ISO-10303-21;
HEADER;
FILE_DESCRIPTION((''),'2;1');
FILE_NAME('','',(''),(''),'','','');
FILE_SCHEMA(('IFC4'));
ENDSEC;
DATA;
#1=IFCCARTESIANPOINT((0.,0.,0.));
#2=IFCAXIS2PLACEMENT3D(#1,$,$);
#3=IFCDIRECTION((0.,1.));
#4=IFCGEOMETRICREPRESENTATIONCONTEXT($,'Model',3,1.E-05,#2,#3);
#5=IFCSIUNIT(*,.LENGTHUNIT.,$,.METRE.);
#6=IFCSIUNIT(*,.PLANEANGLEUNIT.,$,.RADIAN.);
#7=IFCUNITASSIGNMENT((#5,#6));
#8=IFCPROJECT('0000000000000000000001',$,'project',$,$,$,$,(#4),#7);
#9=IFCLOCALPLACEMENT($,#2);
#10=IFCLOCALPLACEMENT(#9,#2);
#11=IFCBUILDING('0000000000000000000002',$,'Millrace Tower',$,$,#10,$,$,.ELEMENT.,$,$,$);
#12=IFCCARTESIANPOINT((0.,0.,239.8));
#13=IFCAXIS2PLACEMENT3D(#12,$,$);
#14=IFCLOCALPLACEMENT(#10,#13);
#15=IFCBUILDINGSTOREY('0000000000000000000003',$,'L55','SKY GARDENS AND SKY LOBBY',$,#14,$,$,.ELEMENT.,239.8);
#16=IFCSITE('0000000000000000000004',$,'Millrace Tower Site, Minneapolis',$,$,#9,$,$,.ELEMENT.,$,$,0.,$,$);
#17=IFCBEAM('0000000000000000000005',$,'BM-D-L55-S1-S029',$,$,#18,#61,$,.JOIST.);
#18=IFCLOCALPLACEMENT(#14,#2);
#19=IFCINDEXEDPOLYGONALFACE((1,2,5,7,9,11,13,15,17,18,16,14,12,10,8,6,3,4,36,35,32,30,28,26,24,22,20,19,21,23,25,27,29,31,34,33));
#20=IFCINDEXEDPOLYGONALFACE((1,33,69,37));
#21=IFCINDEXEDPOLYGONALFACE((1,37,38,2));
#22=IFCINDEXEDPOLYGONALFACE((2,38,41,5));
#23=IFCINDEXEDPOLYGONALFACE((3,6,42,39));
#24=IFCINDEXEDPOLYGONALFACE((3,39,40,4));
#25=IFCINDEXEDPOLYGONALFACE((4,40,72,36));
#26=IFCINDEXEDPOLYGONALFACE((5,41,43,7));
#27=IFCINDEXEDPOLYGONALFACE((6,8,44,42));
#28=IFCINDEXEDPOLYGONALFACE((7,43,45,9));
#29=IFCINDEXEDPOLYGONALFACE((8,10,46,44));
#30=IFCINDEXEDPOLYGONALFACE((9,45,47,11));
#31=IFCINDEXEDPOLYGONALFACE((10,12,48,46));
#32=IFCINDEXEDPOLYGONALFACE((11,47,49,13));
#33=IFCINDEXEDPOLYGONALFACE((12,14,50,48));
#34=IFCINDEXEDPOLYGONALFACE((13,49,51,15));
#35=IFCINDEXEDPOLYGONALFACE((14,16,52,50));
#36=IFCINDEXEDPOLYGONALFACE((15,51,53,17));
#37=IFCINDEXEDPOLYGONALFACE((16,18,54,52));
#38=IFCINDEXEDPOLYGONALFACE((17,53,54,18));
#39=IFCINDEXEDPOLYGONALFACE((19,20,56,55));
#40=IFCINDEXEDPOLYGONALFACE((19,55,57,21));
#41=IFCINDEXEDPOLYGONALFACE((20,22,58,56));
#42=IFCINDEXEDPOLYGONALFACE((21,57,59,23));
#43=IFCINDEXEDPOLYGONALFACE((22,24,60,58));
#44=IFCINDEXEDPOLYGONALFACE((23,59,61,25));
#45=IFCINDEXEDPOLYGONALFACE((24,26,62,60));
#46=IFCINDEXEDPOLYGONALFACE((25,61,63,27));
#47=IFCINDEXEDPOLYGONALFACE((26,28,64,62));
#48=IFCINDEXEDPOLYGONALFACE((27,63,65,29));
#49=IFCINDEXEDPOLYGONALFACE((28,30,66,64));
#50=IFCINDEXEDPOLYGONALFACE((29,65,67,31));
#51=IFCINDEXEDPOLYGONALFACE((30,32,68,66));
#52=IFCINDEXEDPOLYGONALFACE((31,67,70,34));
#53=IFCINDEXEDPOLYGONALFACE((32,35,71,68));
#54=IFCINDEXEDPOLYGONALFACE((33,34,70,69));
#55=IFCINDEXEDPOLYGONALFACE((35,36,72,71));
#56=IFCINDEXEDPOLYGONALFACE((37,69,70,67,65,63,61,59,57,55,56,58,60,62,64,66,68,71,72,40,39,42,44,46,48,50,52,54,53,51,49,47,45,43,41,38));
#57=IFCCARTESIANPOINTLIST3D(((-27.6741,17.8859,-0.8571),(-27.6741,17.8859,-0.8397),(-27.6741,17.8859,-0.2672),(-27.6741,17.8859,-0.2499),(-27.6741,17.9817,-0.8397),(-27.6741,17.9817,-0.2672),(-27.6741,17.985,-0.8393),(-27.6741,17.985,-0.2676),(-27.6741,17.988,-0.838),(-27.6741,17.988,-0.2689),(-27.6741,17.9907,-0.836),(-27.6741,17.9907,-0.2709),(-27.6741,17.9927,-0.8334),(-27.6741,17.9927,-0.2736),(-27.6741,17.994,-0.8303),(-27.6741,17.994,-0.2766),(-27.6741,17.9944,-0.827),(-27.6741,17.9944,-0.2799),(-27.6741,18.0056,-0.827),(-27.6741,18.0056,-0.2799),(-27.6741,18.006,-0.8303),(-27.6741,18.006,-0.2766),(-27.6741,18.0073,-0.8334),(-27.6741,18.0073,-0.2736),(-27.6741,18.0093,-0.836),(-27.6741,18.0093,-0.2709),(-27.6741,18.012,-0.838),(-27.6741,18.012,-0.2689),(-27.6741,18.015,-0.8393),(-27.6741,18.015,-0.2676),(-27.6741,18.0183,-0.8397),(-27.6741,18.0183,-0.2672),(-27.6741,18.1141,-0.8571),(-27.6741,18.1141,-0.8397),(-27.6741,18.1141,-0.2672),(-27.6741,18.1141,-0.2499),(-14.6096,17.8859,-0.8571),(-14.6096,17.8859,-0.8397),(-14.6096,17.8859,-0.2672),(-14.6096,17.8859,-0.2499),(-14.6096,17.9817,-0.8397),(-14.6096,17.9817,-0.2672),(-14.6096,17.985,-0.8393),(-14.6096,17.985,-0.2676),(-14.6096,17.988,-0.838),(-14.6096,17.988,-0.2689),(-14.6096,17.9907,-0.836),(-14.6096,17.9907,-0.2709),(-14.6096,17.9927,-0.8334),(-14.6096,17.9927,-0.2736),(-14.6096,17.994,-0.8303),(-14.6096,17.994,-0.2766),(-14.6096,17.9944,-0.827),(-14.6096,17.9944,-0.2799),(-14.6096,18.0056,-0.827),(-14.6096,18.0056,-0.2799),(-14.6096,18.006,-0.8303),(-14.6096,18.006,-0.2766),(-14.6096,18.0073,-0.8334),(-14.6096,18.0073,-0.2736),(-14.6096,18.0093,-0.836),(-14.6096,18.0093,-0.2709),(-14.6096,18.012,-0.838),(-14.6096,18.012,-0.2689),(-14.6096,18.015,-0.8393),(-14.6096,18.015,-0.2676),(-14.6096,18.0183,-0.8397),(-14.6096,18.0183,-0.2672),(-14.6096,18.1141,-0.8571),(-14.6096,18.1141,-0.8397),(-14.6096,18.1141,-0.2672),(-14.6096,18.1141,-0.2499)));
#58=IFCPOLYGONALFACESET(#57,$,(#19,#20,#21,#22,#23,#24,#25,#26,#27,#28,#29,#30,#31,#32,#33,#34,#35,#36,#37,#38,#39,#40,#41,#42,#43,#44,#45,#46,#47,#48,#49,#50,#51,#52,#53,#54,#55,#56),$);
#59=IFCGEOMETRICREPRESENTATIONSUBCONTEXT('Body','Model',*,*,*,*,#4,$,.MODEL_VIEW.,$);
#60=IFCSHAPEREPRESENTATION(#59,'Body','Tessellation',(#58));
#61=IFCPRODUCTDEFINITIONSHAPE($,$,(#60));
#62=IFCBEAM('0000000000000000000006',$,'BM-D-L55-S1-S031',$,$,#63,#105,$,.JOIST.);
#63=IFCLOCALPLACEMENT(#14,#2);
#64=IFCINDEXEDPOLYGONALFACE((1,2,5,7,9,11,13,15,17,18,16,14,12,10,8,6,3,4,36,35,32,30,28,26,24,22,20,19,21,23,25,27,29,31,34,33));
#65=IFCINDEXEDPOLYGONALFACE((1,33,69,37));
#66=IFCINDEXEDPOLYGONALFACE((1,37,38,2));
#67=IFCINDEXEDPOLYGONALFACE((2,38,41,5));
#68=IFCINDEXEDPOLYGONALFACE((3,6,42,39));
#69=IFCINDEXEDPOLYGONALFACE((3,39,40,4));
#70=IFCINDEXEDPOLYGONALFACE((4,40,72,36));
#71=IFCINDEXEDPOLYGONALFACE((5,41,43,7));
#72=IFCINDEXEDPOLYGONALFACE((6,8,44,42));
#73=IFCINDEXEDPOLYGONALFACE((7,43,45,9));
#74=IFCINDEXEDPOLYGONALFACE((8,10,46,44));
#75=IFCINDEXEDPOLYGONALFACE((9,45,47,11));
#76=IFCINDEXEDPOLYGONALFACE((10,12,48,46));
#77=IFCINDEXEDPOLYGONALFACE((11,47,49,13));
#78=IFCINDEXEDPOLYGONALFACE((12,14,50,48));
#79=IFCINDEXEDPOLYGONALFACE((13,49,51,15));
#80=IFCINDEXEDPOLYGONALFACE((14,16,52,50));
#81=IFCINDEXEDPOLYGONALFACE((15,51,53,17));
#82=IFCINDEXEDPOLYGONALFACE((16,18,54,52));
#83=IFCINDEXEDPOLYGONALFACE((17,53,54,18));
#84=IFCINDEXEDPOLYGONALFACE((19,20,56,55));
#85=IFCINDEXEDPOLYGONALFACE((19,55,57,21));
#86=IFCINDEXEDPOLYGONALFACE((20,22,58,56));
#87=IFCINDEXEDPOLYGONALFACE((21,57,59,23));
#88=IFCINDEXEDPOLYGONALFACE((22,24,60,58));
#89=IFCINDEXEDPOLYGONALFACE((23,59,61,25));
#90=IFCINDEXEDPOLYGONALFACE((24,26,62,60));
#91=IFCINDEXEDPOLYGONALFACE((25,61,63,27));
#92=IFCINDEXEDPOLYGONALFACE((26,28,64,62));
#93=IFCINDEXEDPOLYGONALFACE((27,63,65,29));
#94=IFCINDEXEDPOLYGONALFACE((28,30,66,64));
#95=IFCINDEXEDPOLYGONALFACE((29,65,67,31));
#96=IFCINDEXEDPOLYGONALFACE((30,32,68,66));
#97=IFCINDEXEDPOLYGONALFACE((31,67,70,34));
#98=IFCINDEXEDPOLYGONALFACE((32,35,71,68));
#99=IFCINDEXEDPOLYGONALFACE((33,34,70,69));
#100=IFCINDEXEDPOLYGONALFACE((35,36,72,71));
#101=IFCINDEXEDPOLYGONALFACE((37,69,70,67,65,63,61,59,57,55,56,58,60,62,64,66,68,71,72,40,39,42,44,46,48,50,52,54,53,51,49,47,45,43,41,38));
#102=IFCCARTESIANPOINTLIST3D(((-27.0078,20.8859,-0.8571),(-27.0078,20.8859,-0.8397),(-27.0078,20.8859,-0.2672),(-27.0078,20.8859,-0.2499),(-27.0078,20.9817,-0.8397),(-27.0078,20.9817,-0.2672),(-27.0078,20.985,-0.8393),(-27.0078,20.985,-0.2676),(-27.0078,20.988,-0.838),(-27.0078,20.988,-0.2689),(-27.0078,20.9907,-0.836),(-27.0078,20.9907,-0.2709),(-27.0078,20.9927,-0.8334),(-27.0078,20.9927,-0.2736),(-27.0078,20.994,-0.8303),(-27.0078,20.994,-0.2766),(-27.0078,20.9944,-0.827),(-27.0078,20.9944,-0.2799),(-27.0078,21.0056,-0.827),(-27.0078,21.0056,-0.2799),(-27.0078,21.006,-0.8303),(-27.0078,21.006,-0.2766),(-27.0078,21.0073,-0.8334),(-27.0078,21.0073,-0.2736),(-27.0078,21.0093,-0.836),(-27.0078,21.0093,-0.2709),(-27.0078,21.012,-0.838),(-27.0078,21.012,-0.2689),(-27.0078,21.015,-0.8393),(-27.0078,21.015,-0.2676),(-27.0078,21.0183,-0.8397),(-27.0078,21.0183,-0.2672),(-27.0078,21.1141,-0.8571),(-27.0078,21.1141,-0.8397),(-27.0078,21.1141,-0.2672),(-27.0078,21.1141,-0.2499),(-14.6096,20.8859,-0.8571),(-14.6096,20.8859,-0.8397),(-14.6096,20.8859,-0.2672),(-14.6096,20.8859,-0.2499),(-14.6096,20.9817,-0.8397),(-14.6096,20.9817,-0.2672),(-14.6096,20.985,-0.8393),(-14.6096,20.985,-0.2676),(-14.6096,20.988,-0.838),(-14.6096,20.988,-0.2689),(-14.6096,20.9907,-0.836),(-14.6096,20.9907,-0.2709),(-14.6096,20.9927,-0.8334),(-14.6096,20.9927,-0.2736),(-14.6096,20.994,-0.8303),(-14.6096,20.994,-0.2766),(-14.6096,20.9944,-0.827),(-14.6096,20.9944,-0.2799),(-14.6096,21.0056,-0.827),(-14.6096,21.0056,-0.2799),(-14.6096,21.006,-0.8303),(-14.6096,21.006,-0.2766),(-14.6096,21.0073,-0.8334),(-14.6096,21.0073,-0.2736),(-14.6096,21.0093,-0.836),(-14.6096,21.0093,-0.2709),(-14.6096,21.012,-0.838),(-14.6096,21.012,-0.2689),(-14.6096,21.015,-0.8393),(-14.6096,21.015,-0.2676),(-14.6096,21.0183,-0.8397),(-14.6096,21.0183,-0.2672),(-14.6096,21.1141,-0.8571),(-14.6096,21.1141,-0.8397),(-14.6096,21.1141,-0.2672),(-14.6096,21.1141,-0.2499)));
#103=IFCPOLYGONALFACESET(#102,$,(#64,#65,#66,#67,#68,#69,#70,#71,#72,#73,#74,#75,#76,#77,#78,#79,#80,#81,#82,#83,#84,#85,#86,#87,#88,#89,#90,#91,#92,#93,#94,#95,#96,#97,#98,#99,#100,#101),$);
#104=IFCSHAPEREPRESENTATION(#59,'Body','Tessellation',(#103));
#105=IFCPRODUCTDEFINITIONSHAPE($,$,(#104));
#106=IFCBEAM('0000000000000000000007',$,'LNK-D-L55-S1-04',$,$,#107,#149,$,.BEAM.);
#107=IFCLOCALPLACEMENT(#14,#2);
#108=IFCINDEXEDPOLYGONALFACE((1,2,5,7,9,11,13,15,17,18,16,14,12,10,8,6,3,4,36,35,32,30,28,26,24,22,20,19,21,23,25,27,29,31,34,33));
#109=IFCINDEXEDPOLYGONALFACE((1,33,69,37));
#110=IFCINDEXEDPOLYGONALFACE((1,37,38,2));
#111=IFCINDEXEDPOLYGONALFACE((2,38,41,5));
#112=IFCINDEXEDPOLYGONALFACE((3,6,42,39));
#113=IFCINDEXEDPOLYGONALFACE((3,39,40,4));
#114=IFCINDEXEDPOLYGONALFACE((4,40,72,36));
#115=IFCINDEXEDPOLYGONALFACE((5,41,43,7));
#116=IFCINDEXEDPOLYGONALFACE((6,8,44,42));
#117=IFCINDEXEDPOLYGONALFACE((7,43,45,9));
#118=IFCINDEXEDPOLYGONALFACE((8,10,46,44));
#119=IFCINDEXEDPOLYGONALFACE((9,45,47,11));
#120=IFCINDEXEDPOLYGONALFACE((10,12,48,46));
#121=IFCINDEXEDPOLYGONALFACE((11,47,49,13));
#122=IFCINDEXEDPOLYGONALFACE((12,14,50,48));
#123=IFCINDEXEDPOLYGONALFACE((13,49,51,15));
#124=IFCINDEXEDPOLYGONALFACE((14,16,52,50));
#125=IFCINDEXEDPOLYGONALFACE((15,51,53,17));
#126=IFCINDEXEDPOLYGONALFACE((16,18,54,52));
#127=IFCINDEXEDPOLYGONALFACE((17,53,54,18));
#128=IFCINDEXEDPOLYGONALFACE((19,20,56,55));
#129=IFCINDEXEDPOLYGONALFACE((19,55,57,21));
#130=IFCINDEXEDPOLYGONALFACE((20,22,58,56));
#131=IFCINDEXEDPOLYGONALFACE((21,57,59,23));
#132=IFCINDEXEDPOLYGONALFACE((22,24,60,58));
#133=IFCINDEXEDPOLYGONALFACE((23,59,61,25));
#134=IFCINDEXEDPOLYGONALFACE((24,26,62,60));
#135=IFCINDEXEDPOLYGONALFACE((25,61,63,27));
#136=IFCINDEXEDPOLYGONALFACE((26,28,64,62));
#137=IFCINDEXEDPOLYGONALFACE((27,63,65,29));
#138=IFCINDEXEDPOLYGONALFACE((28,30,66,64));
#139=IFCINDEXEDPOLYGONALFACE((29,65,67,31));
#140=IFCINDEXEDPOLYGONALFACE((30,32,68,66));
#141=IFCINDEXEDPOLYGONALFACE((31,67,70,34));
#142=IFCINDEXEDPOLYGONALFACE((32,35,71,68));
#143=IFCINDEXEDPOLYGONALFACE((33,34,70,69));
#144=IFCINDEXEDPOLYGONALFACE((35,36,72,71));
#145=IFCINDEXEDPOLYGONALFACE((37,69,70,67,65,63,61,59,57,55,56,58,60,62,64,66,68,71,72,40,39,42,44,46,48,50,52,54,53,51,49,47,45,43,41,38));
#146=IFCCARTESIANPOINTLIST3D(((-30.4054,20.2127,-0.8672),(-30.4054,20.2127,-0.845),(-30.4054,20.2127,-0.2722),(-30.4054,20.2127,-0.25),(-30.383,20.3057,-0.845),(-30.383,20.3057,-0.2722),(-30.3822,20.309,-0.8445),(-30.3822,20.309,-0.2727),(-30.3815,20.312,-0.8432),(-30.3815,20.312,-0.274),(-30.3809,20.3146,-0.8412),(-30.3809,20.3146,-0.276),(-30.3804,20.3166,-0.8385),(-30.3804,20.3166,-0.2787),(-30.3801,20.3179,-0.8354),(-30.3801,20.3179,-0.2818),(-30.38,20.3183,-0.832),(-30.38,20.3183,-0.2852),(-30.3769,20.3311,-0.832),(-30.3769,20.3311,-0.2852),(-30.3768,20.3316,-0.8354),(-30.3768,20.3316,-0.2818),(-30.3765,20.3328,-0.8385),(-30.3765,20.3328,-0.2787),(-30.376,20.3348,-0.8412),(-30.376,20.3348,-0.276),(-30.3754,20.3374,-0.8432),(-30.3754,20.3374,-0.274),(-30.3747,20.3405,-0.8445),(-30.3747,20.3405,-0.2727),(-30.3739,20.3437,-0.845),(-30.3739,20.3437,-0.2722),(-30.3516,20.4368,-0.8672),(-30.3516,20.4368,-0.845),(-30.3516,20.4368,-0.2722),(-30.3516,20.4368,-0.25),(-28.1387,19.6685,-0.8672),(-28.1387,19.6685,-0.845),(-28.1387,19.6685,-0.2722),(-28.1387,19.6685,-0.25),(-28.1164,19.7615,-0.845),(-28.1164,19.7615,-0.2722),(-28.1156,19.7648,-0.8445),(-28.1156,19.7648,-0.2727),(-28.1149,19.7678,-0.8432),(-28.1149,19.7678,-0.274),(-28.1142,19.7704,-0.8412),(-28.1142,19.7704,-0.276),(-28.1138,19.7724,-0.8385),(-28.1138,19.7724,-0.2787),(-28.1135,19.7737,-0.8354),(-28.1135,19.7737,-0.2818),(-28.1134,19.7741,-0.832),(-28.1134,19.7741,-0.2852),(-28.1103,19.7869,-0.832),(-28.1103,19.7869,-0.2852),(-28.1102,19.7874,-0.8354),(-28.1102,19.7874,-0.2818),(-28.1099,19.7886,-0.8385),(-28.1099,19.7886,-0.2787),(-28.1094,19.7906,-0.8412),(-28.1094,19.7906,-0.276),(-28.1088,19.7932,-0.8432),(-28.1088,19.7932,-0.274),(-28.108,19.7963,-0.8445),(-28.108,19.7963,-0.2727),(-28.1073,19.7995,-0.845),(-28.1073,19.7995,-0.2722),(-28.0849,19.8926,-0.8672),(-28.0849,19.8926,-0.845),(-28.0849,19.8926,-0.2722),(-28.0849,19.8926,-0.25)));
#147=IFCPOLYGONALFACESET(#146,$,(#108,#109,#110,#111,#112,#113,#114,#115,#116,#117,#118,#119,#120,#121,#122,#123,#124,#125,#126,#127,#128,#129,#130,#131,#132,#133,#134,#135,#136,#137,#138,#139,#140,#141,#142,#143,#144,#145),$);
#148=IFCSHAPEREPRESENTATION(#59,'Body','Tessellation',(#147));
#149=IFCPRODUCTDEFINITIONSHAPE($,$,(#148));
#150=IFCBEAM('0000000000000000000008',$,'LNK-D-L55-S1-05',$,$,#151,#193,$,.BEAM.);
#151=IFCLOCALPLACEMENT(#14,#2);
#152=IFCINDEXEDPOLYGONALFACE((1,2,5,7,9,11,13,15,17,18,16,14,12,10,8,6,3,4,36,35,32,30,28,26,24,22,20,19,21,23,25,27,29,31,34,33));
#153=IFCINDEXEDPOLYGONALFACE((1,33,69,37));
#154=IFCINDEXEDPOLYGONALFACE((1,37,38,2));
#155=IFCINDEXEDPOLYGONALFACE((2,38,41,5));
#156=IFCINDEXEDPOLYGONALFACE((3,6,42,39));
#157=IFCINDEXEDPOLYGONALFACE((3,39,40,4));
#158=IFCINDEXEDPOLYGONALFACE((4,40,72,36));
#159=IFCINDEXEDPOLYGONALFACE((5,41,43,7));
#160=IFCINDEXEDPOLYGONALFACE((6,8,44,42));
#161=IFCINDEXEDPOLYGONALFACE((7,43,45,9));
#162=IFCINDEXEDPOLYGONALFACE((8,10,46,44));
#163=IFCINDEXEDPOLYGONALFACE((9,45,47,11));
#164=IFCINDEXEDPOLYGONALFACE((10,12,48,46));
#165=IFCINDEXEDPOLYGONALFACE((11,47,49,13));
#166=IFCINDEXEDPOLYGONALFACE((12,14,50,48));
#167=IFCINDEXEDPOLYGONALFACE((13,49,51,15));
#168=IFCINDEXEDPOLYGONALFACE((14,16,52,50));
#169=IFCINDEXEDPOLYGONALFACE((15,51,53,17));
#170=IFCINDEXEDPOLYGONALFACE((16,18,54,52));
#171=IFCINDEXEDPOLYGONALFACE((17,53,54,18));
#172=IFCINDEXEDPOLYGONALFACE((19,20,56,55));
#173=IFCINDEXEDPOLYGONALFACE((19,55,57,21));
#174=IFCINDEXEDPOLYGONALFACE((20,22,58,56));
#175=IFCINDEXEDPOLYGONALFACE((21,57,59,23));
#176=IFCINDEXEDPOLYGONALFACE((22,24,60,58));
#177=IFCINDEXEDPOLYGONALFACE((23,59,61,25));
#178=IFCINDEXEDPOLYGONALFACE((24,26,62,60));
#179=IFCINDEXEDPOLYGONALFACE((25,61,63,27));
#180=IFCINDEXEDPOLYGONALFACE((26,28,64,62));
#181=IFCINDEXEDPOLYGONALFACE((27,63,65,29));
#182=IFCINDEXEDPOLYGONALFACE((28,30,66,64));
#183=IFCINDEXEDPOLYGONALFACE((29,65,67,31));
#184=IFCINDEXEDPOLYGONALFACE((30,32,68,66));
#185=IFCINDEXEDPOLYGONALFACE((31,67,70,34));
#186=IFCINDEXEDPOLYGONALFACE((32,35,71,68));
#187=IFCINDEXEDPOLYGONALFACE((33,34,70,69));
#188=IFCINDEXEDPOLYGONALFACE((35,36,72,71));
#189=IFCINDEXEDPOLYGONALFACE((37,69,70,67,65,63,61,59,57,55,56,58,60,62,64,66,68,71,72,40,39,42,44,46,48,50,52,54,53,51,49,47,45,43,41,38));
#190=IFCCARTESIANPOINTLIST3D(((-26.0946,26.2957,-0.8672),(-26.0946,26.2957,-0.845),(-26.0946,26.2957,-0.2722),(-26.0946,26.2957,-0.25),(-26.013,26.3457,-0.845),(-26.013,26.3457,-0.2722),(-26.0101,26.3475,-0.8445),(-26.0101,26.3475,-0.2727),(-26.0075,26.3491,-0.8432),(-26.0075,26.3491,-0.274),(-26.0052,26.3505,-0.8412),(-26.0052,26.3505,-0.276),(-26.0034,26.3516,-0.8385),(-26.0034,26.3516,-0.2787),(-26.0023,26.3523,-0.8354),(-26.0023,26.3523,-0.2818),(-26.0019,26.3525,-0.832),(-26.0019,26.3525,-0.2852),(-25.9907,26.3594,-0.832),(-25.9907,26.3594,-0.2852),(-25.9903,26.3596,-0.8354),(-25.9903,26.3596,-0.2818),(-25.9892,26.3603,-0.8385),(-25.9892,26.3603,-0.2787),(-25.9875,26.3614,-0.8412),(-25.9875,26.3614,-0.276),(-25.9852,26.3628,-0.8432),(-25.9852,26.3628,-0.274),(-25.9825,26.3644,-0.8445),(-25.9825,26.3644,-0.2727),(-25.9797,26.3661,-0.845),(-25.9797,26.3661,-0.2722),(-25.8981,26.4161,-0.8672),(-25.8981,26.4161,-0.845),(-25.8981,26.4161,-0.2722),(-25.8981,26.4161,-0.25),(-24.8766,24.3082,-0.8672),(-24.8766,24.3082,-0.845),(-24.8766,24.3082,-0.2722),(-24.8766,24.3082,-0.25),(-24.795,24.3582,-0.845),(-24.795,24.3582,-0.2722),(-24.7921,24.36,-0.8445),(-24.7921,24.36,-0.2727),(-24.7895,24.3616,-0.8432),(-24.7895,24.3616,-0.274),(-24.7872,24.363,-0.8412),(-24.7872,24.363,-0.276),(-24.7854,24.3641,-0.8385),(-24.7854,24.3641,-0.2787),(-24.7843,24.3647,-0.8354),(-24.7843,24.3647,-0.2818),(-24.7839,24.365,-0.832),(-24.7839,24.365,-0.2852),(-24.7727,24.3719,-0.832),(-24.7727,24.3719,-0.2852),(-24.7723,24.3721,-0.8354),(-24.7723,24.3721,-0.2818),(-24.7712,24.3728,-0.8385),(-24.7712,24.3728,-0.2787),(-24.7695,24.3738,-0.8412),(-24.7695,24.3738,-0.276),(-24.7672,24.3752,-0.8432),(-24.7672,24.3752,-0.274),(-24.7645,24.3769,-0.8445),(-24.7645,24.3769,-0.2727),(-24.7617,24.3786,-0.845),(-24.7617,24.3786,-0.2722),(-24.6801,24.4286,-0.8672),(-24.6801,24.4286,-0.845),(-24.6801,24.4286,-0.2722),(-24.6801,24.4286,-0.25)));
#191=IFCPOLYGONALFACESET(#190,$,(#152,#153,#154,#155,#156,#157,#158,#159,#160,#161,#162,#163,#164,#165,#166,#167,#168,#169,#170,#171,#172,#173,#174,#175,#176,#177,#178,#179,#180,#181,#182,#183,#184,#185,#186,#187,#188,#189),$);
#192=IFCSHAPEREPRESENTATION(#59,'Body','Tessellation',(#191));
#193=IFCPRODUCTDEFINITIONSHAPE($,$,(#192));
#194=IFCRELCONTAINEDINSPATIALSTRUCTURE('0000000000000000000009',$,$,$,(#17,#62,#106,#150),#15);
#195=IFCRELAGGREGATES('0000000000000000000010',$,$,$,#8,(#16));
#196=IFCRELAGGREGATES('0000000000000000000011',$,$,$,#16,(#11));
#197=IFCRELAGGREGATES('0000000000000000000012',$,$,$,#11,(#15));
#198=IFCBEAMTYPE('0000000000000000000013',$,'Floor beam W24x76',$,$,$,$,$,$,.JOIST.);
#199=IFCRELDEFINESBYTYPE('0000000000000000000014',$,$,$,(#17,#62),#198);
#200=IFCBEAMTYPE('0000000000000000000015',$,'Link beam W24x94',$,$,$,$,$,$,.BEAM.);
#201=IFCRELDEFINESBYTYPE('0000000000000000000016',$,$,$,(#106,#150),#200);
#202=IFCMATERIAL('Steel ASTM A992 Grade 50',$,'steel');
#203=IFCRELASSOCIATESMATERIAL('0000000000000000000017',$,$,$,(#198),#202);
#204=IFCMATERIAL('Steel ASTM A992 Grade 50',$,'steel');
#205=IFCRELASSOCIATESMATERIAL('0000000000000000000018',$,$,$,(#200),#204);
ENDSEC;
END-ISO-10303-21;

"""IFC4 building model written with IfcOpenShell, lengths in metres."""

from ifc_helpers import new_model, si_unit, direction, frame, origin, origin_2d, place, context, subcontext, project, spatial, i_section, extrude, material, material_profile, profile_set, type_object, element, save


model = new_model("IFC4")

# Units and contexts
model_context = context("Model", 3, precision=1e-05, world=origin(), true_north=direction((0.0, 1.0)))
body_context = subcontext(model_context, "Body", "Model", "MODEL_VIEW")
ifc_project = project(units=[si_unit("LENGTHUNIT", "METRE"), si_unit("PLANEANGLEUNIT", "RADIAN")], contexts=[model_context])

# Site, building, storey
site_placement = place(None, origin())
site = spatial("IfcSite", under=ifc_project, at=site_placement, Name="Millrace Tower Site, Minneapolis", CompositionType="ELEMENT", RefElevation=0.0)
building_placement = place(site_placement, origin())
building = spatial("IfcBuilding", under=site, at=building_placement, Name="Millrace Tower", CompositionType="ELEMENT")
storey_placement = place(building_placement, frame((0.0, 0.0, 239.8)))
storey = spatial("IfcBuildingStorey", under=building, at=storey_placement, Name="L55", Description="SKY GARDENS AND SKY LOBBY", CompositionType="ELEMENT", Elevation=239.8)

# Beams
ifc_material_1 = material(Name="Steel ASTM A992 Grade 50", Category="steel")
ifc_material_profile_1 = material_profile(ifc_material_1, i_section(OverallWidth=0.2283, OverallDepth=0.6072, WebThickness=0.0112, FlangeThickness=0.0173, FilletRadius=0.0127, at=origin_2d()))
ifc_profile_set_1 = profile_set([ifc_material_profile_1], Name="Steel ASTM A992 Grade 50")
beam_type_1 = type_object("IfcBeamType", Name="Floor beam W24x76", PredefinedType="JOIST", material=ifc_profile_set_1)
beam_1_placement = place(storey_placement, frame((-27.6741, 18.0, -0.5535), z_axis=(1.0, 0.0, 0.0), x_axis=(0.0, 1.0, 0.0)))
element("IfcBeam", 1, at=beam_1_placement, inside=storey, type_object=beam_type_1, Name="BM-D-L55-S1-S029", PredefinedType="JOIST", context=body_context, shape_type="SweptSolid", body=[
    extrude(i_section(OverallWidth=0.2283, OverallDepth=0.6072, WebThickness=0.0112, FlangeThickness=0.0173, FilletRadius=0.0127, at=origin_2d()), origin(), (0.0, 0.0, 1.0), 13.0645),
])
beam_2_placement = place(storey_placement, frame((-27.0078, 21.0, -0.5535), z_axis=(1.0, 0.0, 0.0), x_axis=(0.0, 1.0, 0.0)))
element("IfcBeam", 2, at=beam_2_placement, inside=storey, type_object=beam_type_1, Name="BM-D-L55-S1-S031", PredefinedType="JOIST", context=body_context, shape_type="SweptSolid", body=[
    extrude(i_section(OverallWidth=0.2283, OverallDepth=0.6072, WebThickness=0.0112, FlangeThickness=0.0173, FilletRadius=0.0127, at=origin_2d()), origin(), (0.0, 0.0, 1.0), 12.3982),
])
ifc_material_2 = material(Name="Steel ASTM A992 Grade 50", Category="steel")
ifc_material_profile_2 = material_profile(ifc_material_2, i_section(OverallWidth=0.2305, OverallDepth=0.6172, WebThickness=0.0132, FlangeThickness=0.0222, FilletRadius=0.0129, at=origin_2d()))
ifc_profile_set_2 = profile_set([ifc_material_profile_2], Name="Steel ASTM A992 Grade 50")
beam_type_2 = type_object("IfcBeamType", Name="Link beam W24x94", PredefinedType="BEAM", material=ifc_profile_set_2)
for number, where, z_axis, x_axis, name in (
    (3, (-28.1118, 19.7805, -0.5586), (-0.972367, 0.233456, 0.0), (-0.233456, -0.972367, 0.0), "LNK-D-L55-S1-04"),
    (4, (-24.7783, 24.3684, -0.5586), (-0.522513, 0.852631, 0.0), (-0.852631, -0.522513, 0.0), "LNK-D-L55-S1-05"),
):
    element("IfcBeam", number, at=place(storey_placement, frame(where, z_axis=z_axis, x_axis=x_axis)), inside=storey, type_object=beam_type_2, Name=name, PredefinedType="BEAM", context=body_context, shape_type="SweptSolid", body=[
        extrude(i_section(OverallWidth=0.2305, OverallDepth=0.6172, WebThickness=0.0132, FlangeThickness=0.0222, FilletRadius=0.0129, at=origin_2d()), origin(), (0.0, 0.0, 1.0), 2.3311),
    ])

save(model, "model.ifc")
